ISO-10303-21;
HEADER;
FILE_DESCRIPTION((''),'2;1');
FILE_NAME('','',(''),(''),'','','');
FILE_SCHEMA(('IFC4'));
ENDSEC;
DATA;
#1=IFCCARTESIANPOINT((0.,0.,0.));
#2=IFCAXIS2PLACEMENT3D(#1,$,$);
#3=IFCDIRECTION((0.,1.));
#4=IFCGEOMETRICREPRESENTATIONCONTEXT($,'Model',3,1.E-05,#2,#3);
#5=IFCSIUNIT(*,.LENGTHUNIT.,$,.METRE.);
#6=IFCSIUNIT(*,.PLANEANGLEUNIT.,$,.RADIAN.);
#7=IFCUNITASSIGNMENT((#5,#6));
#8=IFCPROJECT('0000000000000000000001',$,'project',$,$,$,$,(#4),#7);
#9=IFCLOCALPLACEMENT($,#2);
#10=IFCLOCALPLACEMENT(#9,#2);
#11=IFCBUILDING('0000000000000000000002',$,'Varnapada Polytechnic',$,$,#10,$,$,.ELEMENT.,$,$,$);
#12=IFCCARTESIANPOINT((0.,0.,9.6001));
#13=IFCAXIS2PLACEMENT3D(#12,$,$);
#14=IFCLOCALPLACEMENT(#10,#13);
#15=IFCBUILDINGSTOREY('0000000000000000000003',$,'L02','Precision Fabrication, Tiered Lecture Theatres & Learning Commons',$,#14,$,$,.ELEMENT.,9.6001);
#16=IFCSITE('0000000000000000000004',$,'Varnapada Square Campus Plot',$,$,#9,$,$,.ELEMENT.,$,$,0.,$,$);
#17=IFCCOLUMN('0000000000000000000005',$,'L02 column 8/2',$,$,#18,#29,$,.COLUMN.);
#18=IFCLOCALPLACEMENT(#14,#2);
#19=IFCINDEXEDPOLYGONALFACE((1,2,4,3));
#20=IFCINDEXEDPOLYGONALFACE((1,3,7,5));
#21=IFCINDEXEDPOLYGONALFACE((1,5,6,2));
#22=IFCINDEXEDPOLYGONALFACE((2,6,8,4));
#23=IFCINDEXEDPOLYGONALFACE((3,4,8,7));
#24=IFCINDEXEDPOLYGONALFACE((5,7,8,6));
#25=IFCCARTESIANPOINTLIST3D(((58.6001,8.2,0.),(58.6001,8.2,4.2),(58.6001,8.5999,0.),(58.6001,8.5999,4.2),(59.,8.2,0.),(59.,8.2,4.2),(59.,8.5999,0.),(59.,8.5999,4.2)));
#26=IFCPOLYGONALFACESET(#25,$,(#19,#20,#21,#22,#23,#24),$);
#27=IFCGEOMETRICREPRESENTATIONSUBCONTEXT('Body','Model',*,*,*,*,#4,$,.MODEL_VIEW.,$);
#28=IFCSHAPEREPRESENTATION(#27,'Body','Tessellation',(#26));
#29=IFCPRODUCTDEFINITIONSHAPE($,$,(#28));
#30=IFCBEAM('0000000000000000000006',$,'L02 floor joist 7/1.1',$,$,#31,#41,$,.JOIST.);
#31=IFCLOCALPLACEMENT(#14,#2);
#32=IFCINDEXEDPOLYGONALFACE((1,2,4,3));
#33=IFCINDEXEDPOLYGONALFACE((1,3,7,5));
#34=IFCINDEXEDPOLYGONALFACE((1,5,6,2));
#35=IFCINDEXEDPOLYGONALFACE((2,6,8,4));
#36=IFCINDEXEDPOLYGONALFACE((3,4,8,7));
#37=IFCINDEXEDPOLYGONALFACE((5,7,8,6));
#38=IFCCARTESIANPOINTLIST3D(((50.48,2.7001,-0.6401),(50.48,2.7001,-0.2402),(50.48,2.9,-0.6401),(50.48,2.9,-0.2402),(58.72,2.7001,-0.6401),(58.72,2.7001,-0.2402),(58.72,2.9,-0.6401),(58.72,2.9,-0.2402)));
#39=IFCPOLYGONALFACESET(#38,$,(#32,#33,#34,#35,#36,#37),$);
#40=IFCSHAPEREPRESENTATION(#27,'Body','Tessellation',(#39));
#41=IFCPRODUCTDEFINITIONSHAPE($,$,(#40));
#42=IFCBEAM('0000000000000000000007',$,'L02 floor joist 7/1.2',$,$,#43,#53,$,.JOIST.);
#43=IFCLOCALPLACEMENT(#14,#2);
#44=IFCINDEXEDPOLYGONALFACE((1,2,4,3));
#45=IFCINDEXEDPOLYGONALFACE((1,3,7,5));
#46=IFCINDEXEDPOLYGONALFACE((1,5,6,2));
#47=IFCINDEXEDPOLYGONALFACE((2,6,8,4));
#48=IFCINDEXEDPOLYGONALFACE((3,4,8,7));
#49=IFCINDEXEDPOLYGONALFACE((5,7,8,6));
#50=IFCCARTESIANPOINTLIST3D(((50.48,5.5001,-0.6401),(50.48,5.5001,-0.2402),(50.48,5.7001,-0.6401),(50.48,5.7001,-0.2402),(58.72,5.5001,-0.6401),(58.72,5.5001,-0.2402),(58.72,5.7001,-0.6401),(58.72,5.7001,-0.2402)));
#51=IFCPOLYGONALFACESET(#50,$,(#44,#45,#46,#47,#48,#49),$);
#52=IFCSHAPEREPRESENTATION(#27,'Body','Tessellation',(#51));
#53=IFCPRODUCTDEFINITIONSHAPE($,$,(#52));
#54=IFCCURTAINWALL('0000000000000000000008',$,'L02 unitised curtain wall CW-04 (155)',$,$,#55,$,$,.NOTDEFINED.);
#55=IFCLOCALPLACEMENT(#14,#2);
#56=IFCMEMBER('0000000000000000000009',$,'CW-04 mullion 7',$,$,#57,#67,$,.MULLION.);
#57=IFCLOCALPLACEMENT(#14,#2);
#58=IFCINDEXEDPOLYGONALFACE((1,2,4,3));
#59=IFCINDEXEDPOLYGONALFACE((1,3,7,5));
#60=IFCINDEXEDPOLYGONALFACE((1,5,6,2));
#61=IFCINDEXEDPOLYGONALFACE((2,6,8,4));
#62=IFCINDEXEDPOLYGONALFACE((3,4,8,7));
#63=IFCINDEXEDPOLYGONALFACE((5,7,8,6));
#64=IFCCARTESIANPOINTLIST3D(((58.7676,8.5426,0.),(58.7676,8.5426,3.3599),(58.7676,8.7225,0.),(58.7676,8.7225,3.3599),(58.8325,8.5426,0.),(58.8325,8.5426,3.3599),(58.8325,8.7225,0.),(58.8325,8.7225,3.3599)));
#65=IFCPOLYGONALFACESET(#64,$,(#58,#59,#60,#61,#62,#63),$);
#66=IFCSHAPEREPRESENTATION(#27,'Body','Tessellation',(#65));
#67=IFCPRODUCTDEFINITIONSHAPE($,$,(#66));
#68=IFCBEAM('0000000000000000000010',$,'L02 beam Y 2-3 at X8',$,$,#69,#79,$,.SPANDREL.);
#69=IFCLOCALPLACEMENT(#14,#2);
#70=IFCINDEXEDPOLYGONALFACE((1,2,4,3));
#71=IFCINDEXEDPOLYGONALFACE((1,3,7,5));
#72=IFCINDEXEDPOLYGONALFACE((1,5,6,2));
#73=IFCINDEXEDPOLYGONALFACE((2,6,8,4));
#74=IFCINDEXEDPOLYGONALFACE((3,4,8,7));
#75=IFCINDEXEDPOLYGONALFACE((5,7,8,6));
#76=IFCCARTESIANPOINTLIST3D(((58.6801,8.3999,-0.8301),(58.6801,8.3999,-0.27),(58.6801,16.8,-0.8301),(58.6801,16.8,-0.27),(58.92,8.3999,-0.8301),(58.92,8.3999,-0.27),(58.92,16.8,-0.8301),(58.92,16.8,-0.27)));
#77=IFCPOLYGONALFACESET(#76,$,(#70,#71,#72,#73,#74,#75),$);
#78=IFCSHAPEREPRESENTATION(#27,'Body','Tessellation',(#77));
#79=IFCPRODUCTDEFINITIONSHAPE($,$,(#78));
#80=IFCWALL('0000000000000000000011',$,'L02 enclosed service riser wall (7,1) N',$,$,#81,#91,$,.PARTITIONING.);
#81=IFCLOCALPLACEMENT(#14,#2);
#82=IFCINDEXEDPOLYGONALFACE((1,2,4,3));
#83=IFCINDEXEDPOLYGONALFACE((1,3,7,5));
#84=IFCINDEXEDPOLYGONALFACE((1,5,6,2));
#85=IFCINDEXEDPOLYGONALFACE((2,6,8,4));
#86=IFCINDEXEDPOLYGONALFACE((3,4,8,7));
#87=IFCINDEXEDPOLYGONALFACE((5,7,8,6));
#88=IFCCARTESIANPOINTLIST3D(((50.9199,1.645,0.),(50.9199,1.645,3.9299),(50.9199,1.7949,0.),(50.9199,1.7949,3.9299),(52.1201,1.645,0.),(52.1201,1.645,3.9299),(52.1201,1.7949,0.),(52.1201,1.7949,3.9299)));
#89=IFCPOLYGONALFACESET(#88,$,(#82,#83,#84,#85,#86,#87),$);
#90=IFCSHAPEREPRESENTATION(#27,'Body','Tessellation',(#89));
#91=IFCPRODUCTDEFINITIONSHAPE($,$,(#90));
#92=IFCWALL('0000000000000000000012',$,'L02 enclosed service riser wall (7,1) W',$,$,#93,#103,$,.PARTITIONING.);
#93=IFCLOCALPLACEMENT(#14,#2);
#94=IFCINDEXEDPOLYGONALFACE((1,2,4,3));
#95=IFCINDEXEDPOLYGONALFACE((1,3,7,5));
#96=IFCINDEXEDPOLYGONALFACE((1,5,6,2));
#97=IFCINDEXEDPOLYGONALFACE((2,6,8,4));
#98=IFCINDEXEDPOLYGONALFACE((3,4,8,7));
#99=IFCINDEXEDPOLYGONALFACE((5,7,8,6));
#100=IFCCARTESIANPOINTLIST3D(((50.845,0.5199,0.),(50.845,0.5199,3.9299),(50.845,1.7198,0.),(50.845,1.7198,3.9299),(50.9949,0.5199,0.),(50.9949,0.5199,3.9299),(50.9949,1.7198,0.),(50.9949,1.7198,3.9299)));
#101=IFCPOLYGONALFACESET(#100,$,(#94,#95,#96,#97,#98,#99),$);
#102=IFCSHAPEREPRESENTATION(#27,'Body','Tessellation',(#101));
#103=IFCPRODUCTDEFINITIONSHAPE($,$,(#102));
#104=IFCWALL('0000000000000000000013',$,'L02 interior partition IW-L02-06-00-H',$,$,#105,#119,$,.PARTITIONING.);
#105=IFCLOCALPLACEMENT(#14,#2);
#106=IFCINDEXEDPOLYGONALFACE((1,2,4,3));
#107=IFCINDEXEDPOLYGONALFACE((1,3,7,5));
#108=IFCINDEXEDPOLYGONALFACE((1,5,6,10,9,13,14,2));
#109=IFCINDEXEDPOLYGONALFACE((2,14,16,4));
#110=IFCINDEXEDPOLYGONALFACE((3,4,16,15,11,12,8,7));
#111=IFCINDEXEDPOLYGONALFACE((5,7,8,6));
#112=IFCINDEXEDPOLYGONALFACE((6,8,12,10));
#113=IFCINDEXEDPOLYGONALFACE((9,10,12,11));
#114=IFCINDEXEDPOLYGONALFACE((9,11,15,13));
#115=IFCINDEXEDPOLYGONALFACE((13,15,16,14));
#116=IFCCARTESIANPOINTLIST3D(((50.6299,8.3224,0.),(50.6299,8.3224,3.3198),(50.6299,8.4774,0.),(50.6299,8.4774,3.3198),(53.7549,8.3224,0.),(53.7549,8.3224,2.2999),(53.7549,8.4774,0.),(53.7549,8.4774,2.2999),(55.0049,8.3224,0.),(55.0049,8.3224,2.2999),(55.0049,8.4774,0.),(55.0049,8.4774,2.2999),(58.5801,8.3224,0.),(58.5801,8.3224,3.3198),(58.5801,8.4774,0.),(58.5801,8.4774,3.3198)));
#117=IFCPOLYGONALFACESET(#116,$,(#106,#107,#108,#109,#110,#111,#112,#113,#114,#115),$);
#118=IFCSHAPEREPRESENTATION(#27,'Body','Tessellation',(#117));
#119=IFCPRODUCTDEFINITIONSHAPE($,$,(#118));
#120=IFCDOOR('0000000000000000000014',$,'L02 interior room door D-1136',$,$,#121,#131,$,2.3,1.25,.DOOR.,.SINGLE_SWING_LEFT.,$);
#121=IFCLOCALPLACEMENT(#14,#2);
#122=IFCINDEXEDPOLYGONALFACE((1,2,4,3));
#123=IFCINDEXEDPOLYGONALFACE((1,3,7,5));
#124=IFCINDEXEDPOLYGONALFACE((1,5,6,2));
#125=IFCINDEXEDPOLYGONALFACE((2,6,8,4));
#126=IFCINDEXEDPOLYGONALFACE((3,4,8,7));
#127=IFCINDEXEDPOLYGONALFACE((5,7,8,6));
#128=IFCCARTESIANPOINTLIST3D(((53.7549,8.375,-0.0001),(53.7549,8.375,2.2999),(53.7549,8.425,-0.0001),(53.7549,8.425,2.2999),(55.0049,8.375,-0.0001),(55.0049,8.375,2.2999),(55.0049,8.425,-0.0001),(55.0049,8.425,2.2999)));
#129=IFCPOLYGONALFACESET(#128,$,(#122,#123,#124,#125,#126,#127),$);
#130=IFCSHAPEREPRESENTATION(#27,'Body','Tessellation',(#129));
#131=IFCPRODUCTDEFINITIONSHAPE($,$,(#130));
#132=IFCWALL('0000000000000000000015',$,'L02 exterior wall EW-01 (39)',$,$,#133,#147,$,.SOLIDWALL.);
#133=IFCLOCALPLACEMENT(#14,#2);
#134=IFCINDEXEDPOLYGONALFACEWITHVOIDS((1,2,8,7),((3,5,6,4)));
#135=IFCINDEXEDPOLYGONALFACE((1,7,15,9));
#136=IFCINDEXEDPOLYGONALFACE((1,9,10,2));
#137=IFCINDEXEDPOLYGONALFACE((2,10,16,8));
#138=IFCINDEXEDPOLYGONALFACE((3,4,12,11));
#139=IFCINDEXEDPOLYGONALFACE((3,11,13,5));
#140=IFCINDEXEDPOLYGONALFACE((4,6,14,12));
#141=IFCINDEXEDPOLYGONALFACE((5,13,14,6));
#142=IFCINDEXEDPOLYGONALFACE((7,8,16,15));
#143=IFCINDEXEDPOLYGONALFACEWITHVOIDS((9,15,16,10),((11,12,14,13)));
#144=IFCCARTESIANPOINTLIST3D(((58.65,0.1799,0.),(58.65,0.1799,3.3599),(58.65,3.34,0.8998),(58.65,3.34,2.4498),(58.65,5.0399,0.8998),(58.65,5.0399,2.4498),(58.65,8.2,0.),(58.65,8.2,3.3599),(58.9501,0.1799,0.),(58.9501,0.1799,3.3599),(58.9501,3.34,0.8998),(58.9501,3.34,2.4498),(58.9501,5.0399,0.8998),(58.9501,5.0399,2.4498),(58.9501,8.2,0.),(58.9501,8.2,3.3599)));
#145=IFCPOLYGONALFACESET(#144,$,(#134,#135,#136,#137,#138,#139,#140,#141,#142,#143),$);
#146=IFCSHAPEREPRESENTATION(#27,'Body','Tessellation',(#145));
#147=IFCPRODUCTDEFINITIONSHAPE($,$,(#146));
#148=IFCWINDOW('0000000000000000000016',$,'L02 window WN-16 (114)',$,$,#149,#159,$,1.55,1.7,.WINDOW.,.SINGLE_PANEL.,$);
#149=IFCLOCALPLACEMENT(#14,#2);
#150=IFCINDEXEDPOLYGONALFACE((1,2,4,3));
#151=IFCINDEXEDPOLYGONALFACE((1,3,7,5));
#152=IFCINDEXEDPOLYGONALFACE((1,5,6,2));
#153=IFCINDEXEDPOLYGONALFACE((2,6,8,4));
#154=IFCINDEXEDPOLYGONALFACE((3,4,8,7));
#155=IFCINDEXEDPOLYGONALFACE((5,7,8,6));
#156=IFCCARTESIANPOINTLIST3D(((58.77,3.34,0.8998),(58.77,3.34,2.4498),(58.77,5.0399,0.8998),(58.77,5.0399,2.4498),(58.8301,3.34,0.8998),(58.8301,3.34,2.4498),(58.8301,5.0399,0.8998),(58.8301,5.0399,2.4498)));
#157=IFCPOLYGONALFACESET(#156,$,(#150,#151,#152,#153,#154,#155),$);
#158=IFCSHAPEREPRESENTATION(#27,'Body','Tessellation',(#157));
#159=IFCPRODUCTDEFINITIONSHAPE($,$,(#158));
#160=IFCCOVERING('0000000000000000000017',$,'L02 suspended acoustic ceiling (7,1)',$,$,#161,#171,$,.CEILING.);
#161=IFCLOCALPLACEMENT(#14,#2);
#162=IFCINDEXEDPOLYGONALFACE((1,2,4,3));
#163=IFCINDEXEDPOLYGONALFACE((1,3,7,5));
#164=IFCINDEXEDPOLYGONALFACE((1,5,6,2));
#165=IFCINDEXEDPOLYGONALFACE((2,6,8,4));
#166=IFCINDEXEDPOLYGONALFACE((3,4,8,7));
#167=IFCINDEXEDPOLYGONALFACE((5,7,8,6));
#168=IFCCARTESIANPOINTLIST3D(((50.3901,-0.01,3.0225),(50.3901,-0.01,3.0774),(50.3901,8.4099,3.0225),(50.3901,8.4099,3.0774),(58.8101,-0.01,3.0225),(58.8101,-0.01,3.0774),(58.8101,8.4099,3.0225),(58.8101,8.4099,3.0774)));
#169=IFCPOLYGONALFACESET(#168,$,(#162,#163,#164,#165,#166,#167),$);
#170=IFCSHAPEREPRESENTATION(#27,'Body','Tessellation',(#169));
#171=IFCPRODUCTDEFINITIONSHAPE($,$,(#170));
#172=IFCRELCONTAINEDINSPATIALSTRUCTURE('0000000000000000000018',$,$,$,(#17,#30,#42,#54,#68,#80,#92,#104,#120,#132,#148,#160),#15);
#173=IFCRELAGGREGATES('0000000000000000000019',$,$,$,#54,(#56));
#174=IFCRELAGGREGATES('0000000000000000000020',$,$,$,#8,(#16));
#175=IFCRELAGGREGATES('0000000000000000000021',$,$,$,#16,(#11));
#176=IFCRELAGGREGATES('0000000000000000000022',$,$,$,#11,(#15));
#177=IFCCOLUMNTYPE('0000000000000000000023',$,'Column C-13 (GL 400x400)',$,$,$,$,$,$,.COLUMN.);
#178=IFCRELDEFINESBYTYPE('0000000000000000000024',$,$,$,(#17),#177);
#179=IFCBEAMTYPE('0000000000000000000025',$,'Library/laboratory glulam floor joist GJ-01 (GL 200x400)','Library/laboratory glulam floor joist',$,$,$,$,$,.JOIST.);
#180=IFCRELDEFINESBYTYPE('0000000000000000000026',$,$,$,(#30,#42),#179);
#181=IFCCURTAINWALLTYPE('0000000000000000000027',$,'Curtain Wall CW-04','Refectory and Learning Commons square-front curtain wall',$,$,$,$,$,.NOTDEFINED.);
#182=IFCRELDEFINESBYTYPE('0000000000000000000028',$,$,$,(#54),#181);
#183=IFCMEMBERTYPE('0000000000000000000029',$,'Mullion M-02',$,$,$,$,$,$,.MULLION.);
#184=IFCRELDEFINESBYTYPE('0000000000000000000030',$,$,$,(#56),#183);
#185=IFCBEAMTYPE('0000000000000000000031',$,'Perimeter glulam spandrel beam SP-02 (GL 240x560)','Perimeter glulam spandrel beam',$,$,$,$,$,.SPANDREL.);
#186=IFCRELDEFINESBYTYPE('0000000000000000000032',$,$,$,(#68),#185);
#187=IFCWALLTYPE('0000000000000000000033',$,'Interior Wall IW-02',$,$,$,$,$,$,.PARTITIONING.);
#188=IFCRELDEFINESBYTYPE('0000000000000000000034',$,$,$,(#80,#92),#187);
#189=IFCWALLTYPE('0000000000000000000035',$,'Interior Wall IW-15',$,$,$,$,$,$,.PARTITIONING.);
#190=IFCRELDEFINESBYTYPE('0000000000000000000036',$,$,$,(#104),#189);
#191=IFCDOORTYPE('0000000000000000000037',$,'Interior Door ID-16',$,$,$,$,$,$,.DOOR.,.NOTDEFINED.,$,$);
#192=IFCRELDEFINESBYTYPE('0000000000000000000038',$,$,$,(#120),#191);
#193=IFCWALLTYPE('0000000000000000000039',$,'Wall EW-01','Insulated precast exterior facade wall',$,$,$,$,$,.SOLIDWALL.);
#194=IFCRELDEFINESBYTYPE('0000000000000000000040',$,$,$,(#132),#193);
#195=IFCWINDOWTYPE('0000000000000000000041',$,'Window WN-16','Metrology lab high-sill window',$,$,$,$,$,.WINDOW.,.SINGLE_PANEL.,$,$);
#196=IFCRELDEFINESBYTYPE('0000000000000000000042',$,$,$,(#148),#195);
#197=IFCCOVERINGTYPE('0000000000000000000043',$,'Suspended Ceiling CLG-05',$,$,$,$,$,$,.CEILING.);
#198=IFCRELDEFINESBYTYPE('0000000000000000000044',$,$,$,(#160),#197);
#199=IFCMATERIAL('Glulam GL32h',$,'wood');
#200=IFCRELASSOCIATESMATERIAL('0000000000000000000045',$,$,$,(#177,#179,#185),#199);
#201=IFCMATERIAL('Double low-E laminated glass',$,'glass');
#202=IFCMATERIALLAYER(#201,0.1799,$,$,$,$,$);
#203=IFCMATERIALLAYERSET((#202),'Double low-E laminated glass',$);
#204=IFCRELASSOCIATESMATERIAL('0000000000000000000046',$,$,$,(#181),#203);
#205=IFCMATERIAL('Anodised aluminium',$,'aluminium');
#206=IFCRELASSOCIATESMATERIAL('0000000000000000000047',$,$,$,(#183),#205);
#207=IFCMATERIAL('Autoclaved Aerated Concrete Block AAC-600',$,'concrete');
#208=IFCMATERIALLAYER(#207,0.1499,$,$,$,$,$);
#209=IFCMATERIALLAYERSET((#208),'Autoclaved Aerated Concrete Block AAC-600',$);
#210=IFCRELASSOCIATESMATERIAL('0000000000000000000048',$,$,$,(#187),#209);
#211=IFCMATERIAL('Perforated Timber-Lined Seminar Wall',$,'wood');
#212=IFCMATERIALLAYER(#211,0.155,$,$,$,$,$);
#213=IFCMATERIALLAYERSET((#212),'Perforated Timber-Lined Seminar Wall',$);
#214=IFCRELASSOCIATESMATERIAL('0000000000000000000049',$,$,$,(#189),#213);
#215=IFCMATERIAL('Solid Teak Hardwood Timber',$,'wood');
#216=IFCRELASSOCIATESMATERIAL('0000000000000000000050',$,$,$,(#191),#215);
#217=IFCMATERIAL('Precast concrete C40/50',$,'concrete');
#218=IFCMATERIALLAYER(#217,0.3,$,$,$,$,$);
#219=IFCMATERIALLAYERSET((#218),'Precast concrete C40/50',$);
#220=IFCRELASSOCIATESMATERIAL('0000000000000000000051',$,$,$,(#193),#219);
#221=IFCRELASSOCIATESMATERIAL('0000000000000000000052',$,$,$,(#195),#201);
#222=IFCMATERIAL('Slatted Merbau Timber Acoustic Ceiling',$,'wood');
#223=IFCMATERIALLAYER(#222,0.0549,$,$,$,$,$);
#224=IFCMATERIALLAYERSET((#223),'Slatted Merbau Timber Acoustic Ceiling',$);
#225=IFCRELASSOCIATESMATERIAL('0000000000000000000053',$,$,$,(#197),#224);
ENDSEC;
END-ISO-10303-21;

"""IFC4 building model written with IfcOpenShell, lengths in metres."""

from ifc_helpers import new_model, si_unit, direction, frame, frame_2d, origin, origin_2d, place, context, subcontext, project, spatial, rectangle, extrude, material, layer, layer_set, material_profile, profile_set, type_object, element, fill, aggregate, save


model = new_model("IFC4")

# Units and contexts
model_context = context("Model", 3, precision=1e-05, world=origin(), true_north=direction((0.0, 1.0)))
body_context = subcontext(model_context, "Body", "Model", "MODEL_VIEW")
ifc_project = project(units=[si_unit("LENGTHUNIT", "METRE"), si_unit("PLANEANGLEUNIT", "RADIAN")], contexts=[model_context])

# Site, building, storey
site_placement = place(None, origin())
site = spatial("IfcSite", under=ifc_project, at=site_placement, Name="Varnapada Square Campus Plot", CompositionType="ELEMENT", RefElevation=0.0)
building_placement = place(site_placement, origin())
building = spatial("IfcBuilding", under=site, at=building_placement, Name="Varnapada Polytechnic", CompositionType="ELEMENT")
storey_placement = place(building_placement, frame((0.0, 0.0, 9.6001)))
storey = spatial("IfcBuildingStorey", under=building, at=storey_placement, Name="L02", Description="Precision Fabrication, Tiered Lecture Theatres & Learning Commons", CompositionType="ELEMENT", Elevation=9.6001)

# Column
ifc_material_1 = material(Name="Glulam GL32h", Category="wood")
ifc_material_profile_1 = material_profile(ifc_material_1, rectangle(XDim=0.3999, YDim=0.3999, at=origin_2d()), Name="GL 400x400")
ifc_profile_set_1 = profile_set([ifc_material_profile_1], Name="Glulam GL32h")
column_type = type_object("IfcColumnType", Name="Column C-13 (GL 400x400)", PredefinedType="COLUMN", material=ifc_profile_set_1)
column_placement = place(storey_placement, frame((58.8, 8.3999, 0.0), z_axis=(0.0, 0.0, 1.0), x_axis=(1.0, 0.0, 0.0)))
element("IfcColumn", 1, at=column_placement, inside=storey, type_object=column_type, Name="L02 column 8/2", PredefinedType="COLUMN", context=body_context, shape_type="SweptSolid", body=[
    extrude(rectangle(XDim=0.3999, YDim=0.3999, at=origin_2d()), origin(), (0.0, 0.0, 1.0), 4.2),
])

# Beams
ifc_material_profile_2 = material_profile(ifc_material_1, rectangle(XDim=0.2, YDim=0.3999, at=origin_2d()), Name="GL 200x400")
ifc_profile_set_2 = profile_set([ifc_material_profile_2], Name="Glulam GL32h")
beam_type_1 = type_object("IfcBeamType", Name="Library/laboratory glulam floor joist GJ-01 (GL 200x400)", Description="Library/laboratory glulam floor joist", PredefinedType="JOIST", material=ifc_profile_set_2)
for number, where, z_axis, x_axis, name in (
    (2, (50.48, 2.8, -0.4402), (1.0, 0.0, 0.0), (0.0, 1.0, 0.0), "L02 floor joist 7/1.1"),
    (3, (50.48, 5.6001, -0.4402), (1.0, 0.0, 0.0), (0.0, 1.0, 0.0), "L02 floor joist 7/1.2"),
):
    element("IfcBeam", number, at=place(storey_placement, frame(where, z_axis=z_axis, x_axis=x_axis)), inside=storey, type_object=beam_type_1, Name=name, PredefinedType="JOIST", context=body_context, shape_type="SweptSolid", body=[
        extrude(rectangle(XDim=0.2, YDim=0.3999, at=origin_2d()), origin(), (0.0, 0.0, 1.0), 8.24),
    ])

# Curtain wall, member
ifc_material_2 = material(Name="Double low-E laminated glass", Category="glass")
ifc_layer_1 = layer(ifc_material_2, 0.1799)
ifc_layer_set_1 = layer_set([ifc_layer_1], Name="Double low-E laminated glass")
curtain_wall_type = type_object("IfcCurtainWallType", Name="Curtain Wall CW-04", Description="Refectory and Learning Commons square-front curtain wall", PredefinedType="NOTDEFINED", material=ifc_layer_set_1)
curtain_wall_placement = place(storey_placement, origin())
curtain_wall = element("IfcCurtainWall", 4, at=curtain_wall_placement, inside=storey, type_object=curtain_wall_type, Name="L02 unitised curtain wall CW-04 (155)", PredefinedType="NOTDEFINED")
ifc_material_3 = material(Name="Anodised aluminium", Category="aluminium")
ifc_material_profile_3 = material_profile(ifc_material_3, rectangle(XDim=0.0649, YDim=0.1799, at=origin_2d()), Name="ALU M65x180")
ifc_profile_set_3 = profile_set([ifc_material_profile_3], Name="Anodised aluminium")
member_type = type_object("IfcMemberType", Name="Mullion M-02", PredefinedType="MULLION", material=ifc_profile_set_3)
member_placement = place(storey_placement, frame((58.8, 8.6326, 0.0), z_axis=(0.0, 0.0, 1.0), x_axis=(1.0, 0.0, 0.0)))
member = element("IfcMember", 5, at=member_placement, type_object=member_type, Name="CW-04 mullion 7", PredefinedType="MULLION", context=body_context, shape_type="SweptSolid", body=[
    extrude(rectangle(XDim=0.0649, YDim=0.1799, at=origin_2d()), origin(), (0.0, 0.0, 1.0), 3.3599),
])
aggregate(curtain_wall, [member])

# Beam
ifc_material_profile_4 = material_profile(ifc_material_1, rectangle(XDim=0.24, YDim=0.5601, at=origin_2d()), Name="GL 240x560")
ifc_profile_set_4 = profile_set([ifc_material_profile_4], Name="Glulam GL32h")
beam_type_2 = type_object("IfcBeamType", Name="Perimeter glulam spandrel beam SP-02 (GL 240x560)", Description="Perimeter glulam spandrel beam", PredefinedType="SPANDREL", material=ifc_profile_set_4)
beam_placement = place(storey_placement, frame((58.8, 8.3999, -0.55), z_axis=(0.0, 1.0, 0.0), x_axis=(-1.0, 0.0, 0.0)))
element("IfcBeam", 6, at=beam_placement, inside=storey, type_object=beam_type_2, Name="L02 beam Y 2-3 at X8", PredefinedType="SPANDREL", context=body_context, shape_type="SweptSolid", body=[
    extrude(rectangle(XDim=0.24, YDim=0.5601, at=origin_2d()), origin(), (0.0, 0.0, 1.0), 8.4001),
])

# Walls
ifc_material_4 = material(Name="Autoclaved Aerated Concrete Block AAC-600", Category="concrete")
ifc_layer_2 = layer(ifc_material_4, 0.1499)
ifc_layer_set_2 = layer_set([ifc_layer_2], Name="Autoclaved Aerated Concrete Block AAC-600")
wall_type_1 = type_object("IfcWallType", Name="Interior Wall IW-02", PredefinedType="PARTITIONING", material=ifc_layer_set_2)
wall_1_placement = place(storey_placement, frame((52.1201, 1.72, 0.0), z_axis=(0.0, 0.0, 1.0), x_axis=(-1.0, 0.0, 0.0)))
element("IfcWall", 7, at=wall_1_placement, inside=storey, type_object=wall_type_1, Name="L02 enclosed service riser wall (7,1) N", PredefinedType="PARTITIONING", context=body_context, shape_type="SweptSolid", body=[
    extrude(rectangle(XDim=1.2002, YDim=0.1499, at=frame_2d((0.6001, 0.0))), origin(), (0.0, 0.0, 1.0), 3.9299),
])
wall_2_placement = place(storey_placement, frame((50.9199, 1.72, 0.0), z_axis=(0.0, 0.0, 1.0), x_axis=(0.0, -1.0, 0.0)))
element("IfcWall", 8, at=wall_2_placement, inside=storey, type_object=wall_type_1, Name="L02 enclosed service riser wall (7,1) W", PredefinedType="PARTITIONING", context=body_context, shape_type="SweptSolid", body=[
    extrude(rectangle(XDim=1.2, YDim=0.1499, at=frame_2d((0.6001, 0.0))), origin(), (0.0, 0.0, 1.0), 3.9299),
])

# Wall, opening, door
ifc_material_5 = material(Name="Perforated Timber-Lined Seminar Wall", Category="wood")
ifc_layer_3 = layer(ifc_material_5, 0.155)
ifc_layer_set_3 = layer_set([ifc_layer_3], Name="Perforated Timber-Lined Seminar Wall")
wall_type_2 = type_object("IfcWallType", Name="Interior Wall IW-15", PredefinedType="PARTITIONING", material=ifc_layer_set_3)
wall_3_placement = place(storey_placement, frame((50.6299, 8.3999, 0.0), z_axis=(0.0, 0.0, 1.0), x_axis=(1.0, 0.0, 0.0)))
wall_3 = element("IfcWall", 9, at=wall_3_placement, inside=storey, type_object=wall_type_2, Name="L02 interior partition IW-L02-06-00-H", PredefinedType="PARTITIONING", context=body_context, shape_type="SweptSolid", body=[
    extrude(rectangle(XDim=7.9502, YDim=0.155, at=frame_2d((3.9751, 0.0))), origin(), (0.0, 0.0, 1.0), 3.3198),
])
opening_1_placement = place(wall_3_placement, frame((3.125, 0.0, 0.0)))
opening_1 = element("IfcOpeningElement", 10, at=opening_1_placement, cuts=wall_3, PredefinedType="OPENING", context=body_context, shape_type="SweptSolid", body=[
    extrude(rectangle(XDim=1.25, YDim=2.3, at=frame_2d((0.625, 1.1499))), frame((0.0, 0.0874, 0.0), z_axis=(0.0, -1.0, 0.0), x_axis=(1.0, 0.0, 0.0)), (0.0, 0.0, 1.0), 0.175),
])
ifc_material_6 = material(Name="Solid Teak Hardwood Timber", Category="wood")
door_type = type_object("IfcDoorType", Name="Interior Door ID-16", OperationType="NOTDEFINED", PredefinedType="DOOR", material=ifc_material_6)
door_placement = place(opening_1_placement, frame((1.25, 0.0, 0.0), z_axis=(0.0, 0.0, 1.0), x_axis=(-1.0, 0.0, 0.0)))
door = element("IfcDoor", 11, at=door_placement, inside=storey, type_object=door_type, Name="L02 interior room door D-1136", OperationType="SINGLE_SWING_LEFT", OverallHeight=2.3, OverallWidth=1.25, PredefinedType="DOOR", context=body_context, shape_type="SweptSolid", body=[
    extrude(rectangle(XDim=1.25, YDim=2.3, at=frame_2d((0.625, 1.1499))), frame((0.0, 0.0249, 0.0), z_axis=(0.0, -1.0, 0.0), x_axis=(1.0, 0.0, 0.0)), (0.0, 0.0, 1.0), 0.05),
])
fill(opening_1, door)

# Wall, opening, window
ifc_material_7 = material(Name="Precast concrete C40/50", Category="concrete")
ifc_layer_4 = layer(ifc_material_7, 0.3)
ifc_layer_set_4 = layer_set([ifc_layer_4], Name="Precast concrete C40/50")
wall_type_3 = type_object("IfcWallType", Name="Wall EW-01", Description="Insulated precast exterior facade wall", PredefinedType="SOLIDWALL", material=ifc_layer_set_4)
wall_4_placement = place(storey_placement, frame((58.8, 8.2, 0.0), z_axis=(0.0, 0.0, 1.0), x_axis=(0.0, -1.0, 0.0)))
wall_4 = element("IfcWall", 12, at=wall_4_placement, inside=storey, type_object=wall_type_3, Name="L02 exterior wall EW-01 (39)", PredefinedType="SOLIDWALL", context=body_context, shape_type="SweptSolid", body=[
    extrude(rectangle(XDim=8.02, YDim=0.3, at=frame_2d((4.01, 0.0))), origin(), (0.0, 0.0, 1.0), 3.3599),
])
opening_2_placement = place(wall_4_placement, frame((3.1599, 0.0, 0.8999)))
opening_2 = element("IfcOpeningElement", 13, at=opening_2_placement, cuts=wall_4, PredefinedType="OPENING", context=body_context, shape_type="SweptSolid", body=[
    extrude(rectangle(XDim=1.7, YDim=1.55, at=frame_2d((0.8501, 0.7749))), frame((0.0, 0.1599, 0.0), z_axis=(0.0, -1.0, 0.0), x_axis=(1.0, 0.0, 0.0)), (0.0, 0.0, 1.0), 0.3201),
])
window_type = type_object("IfcWindowType", Name="Window WN-16", Description="Metrology lab high-sill window", PartitioningType="SINGLE_PANEL", PredefinedType="WINDOW", material=ifc_material_2)
window_placement = place(opening_2_placement, origin())
window = element("IfcWindow", 14, at=window_placement, inside=storey, type_object=window_type, Name="L02 window WN-16 (114)", OverallHeight=1.55, OverallWidth=1.7, PartitioningType="SINGLE_PANEL", PredefinedType="WINDOW", context=body_context, shape_type="SweptSolid", body=[
    extrude(rectangle(XDim=1.7, YDim=1.55, at=frame_2d((0.8501, 0.7749))), frame((0.0, 0.03, 0.0), z_axis=(0.0, -1.0, 0.0), x_axis=(1.0, 0.0, 0.0)), (0.0, 0.0, 1.0), 0.0601),
])
fill(opening_2, window)

# Covering
ifc_material_8 = material(Name="Slatted Merbau Timber Acoustic Ceiling", Category="wood")
ifc_layer_5 = layer(ifc_material_8, 0.0549)
ifc_layer_set_5 = layer_set([ifc_layer_5], Name="Slatted Merbau Timber Acoustic Ceiling")
covering_type = type_object("IfcCoveringType", Name="Suspended Ceiling CLG-05", PredefinedType="CEILING", material=ifc_layer_set_5)
covering_placement = place(storey_placement, frame((54.6001, 4.2, 3.0225), z_axis=(0.0, 0.0, 1.0), x_axis=(1.0, 0.0, 0.0)))
element("IfcCovering", 15, at=covering_placement, inside=storey, type_object=covering_type, Name="L02 suspended acoustic ceiling (7,1)", PredefinedType="CEILING", context=body_context, shape_type="SweptSolid", body=[
    extrude(rectangle(XDim=8.4199, YDim=8.4199, at=origin_2d()), origin(), (0.0, 0.0, 1.0), 0.0549),
])

save(model, "model.ifc")
